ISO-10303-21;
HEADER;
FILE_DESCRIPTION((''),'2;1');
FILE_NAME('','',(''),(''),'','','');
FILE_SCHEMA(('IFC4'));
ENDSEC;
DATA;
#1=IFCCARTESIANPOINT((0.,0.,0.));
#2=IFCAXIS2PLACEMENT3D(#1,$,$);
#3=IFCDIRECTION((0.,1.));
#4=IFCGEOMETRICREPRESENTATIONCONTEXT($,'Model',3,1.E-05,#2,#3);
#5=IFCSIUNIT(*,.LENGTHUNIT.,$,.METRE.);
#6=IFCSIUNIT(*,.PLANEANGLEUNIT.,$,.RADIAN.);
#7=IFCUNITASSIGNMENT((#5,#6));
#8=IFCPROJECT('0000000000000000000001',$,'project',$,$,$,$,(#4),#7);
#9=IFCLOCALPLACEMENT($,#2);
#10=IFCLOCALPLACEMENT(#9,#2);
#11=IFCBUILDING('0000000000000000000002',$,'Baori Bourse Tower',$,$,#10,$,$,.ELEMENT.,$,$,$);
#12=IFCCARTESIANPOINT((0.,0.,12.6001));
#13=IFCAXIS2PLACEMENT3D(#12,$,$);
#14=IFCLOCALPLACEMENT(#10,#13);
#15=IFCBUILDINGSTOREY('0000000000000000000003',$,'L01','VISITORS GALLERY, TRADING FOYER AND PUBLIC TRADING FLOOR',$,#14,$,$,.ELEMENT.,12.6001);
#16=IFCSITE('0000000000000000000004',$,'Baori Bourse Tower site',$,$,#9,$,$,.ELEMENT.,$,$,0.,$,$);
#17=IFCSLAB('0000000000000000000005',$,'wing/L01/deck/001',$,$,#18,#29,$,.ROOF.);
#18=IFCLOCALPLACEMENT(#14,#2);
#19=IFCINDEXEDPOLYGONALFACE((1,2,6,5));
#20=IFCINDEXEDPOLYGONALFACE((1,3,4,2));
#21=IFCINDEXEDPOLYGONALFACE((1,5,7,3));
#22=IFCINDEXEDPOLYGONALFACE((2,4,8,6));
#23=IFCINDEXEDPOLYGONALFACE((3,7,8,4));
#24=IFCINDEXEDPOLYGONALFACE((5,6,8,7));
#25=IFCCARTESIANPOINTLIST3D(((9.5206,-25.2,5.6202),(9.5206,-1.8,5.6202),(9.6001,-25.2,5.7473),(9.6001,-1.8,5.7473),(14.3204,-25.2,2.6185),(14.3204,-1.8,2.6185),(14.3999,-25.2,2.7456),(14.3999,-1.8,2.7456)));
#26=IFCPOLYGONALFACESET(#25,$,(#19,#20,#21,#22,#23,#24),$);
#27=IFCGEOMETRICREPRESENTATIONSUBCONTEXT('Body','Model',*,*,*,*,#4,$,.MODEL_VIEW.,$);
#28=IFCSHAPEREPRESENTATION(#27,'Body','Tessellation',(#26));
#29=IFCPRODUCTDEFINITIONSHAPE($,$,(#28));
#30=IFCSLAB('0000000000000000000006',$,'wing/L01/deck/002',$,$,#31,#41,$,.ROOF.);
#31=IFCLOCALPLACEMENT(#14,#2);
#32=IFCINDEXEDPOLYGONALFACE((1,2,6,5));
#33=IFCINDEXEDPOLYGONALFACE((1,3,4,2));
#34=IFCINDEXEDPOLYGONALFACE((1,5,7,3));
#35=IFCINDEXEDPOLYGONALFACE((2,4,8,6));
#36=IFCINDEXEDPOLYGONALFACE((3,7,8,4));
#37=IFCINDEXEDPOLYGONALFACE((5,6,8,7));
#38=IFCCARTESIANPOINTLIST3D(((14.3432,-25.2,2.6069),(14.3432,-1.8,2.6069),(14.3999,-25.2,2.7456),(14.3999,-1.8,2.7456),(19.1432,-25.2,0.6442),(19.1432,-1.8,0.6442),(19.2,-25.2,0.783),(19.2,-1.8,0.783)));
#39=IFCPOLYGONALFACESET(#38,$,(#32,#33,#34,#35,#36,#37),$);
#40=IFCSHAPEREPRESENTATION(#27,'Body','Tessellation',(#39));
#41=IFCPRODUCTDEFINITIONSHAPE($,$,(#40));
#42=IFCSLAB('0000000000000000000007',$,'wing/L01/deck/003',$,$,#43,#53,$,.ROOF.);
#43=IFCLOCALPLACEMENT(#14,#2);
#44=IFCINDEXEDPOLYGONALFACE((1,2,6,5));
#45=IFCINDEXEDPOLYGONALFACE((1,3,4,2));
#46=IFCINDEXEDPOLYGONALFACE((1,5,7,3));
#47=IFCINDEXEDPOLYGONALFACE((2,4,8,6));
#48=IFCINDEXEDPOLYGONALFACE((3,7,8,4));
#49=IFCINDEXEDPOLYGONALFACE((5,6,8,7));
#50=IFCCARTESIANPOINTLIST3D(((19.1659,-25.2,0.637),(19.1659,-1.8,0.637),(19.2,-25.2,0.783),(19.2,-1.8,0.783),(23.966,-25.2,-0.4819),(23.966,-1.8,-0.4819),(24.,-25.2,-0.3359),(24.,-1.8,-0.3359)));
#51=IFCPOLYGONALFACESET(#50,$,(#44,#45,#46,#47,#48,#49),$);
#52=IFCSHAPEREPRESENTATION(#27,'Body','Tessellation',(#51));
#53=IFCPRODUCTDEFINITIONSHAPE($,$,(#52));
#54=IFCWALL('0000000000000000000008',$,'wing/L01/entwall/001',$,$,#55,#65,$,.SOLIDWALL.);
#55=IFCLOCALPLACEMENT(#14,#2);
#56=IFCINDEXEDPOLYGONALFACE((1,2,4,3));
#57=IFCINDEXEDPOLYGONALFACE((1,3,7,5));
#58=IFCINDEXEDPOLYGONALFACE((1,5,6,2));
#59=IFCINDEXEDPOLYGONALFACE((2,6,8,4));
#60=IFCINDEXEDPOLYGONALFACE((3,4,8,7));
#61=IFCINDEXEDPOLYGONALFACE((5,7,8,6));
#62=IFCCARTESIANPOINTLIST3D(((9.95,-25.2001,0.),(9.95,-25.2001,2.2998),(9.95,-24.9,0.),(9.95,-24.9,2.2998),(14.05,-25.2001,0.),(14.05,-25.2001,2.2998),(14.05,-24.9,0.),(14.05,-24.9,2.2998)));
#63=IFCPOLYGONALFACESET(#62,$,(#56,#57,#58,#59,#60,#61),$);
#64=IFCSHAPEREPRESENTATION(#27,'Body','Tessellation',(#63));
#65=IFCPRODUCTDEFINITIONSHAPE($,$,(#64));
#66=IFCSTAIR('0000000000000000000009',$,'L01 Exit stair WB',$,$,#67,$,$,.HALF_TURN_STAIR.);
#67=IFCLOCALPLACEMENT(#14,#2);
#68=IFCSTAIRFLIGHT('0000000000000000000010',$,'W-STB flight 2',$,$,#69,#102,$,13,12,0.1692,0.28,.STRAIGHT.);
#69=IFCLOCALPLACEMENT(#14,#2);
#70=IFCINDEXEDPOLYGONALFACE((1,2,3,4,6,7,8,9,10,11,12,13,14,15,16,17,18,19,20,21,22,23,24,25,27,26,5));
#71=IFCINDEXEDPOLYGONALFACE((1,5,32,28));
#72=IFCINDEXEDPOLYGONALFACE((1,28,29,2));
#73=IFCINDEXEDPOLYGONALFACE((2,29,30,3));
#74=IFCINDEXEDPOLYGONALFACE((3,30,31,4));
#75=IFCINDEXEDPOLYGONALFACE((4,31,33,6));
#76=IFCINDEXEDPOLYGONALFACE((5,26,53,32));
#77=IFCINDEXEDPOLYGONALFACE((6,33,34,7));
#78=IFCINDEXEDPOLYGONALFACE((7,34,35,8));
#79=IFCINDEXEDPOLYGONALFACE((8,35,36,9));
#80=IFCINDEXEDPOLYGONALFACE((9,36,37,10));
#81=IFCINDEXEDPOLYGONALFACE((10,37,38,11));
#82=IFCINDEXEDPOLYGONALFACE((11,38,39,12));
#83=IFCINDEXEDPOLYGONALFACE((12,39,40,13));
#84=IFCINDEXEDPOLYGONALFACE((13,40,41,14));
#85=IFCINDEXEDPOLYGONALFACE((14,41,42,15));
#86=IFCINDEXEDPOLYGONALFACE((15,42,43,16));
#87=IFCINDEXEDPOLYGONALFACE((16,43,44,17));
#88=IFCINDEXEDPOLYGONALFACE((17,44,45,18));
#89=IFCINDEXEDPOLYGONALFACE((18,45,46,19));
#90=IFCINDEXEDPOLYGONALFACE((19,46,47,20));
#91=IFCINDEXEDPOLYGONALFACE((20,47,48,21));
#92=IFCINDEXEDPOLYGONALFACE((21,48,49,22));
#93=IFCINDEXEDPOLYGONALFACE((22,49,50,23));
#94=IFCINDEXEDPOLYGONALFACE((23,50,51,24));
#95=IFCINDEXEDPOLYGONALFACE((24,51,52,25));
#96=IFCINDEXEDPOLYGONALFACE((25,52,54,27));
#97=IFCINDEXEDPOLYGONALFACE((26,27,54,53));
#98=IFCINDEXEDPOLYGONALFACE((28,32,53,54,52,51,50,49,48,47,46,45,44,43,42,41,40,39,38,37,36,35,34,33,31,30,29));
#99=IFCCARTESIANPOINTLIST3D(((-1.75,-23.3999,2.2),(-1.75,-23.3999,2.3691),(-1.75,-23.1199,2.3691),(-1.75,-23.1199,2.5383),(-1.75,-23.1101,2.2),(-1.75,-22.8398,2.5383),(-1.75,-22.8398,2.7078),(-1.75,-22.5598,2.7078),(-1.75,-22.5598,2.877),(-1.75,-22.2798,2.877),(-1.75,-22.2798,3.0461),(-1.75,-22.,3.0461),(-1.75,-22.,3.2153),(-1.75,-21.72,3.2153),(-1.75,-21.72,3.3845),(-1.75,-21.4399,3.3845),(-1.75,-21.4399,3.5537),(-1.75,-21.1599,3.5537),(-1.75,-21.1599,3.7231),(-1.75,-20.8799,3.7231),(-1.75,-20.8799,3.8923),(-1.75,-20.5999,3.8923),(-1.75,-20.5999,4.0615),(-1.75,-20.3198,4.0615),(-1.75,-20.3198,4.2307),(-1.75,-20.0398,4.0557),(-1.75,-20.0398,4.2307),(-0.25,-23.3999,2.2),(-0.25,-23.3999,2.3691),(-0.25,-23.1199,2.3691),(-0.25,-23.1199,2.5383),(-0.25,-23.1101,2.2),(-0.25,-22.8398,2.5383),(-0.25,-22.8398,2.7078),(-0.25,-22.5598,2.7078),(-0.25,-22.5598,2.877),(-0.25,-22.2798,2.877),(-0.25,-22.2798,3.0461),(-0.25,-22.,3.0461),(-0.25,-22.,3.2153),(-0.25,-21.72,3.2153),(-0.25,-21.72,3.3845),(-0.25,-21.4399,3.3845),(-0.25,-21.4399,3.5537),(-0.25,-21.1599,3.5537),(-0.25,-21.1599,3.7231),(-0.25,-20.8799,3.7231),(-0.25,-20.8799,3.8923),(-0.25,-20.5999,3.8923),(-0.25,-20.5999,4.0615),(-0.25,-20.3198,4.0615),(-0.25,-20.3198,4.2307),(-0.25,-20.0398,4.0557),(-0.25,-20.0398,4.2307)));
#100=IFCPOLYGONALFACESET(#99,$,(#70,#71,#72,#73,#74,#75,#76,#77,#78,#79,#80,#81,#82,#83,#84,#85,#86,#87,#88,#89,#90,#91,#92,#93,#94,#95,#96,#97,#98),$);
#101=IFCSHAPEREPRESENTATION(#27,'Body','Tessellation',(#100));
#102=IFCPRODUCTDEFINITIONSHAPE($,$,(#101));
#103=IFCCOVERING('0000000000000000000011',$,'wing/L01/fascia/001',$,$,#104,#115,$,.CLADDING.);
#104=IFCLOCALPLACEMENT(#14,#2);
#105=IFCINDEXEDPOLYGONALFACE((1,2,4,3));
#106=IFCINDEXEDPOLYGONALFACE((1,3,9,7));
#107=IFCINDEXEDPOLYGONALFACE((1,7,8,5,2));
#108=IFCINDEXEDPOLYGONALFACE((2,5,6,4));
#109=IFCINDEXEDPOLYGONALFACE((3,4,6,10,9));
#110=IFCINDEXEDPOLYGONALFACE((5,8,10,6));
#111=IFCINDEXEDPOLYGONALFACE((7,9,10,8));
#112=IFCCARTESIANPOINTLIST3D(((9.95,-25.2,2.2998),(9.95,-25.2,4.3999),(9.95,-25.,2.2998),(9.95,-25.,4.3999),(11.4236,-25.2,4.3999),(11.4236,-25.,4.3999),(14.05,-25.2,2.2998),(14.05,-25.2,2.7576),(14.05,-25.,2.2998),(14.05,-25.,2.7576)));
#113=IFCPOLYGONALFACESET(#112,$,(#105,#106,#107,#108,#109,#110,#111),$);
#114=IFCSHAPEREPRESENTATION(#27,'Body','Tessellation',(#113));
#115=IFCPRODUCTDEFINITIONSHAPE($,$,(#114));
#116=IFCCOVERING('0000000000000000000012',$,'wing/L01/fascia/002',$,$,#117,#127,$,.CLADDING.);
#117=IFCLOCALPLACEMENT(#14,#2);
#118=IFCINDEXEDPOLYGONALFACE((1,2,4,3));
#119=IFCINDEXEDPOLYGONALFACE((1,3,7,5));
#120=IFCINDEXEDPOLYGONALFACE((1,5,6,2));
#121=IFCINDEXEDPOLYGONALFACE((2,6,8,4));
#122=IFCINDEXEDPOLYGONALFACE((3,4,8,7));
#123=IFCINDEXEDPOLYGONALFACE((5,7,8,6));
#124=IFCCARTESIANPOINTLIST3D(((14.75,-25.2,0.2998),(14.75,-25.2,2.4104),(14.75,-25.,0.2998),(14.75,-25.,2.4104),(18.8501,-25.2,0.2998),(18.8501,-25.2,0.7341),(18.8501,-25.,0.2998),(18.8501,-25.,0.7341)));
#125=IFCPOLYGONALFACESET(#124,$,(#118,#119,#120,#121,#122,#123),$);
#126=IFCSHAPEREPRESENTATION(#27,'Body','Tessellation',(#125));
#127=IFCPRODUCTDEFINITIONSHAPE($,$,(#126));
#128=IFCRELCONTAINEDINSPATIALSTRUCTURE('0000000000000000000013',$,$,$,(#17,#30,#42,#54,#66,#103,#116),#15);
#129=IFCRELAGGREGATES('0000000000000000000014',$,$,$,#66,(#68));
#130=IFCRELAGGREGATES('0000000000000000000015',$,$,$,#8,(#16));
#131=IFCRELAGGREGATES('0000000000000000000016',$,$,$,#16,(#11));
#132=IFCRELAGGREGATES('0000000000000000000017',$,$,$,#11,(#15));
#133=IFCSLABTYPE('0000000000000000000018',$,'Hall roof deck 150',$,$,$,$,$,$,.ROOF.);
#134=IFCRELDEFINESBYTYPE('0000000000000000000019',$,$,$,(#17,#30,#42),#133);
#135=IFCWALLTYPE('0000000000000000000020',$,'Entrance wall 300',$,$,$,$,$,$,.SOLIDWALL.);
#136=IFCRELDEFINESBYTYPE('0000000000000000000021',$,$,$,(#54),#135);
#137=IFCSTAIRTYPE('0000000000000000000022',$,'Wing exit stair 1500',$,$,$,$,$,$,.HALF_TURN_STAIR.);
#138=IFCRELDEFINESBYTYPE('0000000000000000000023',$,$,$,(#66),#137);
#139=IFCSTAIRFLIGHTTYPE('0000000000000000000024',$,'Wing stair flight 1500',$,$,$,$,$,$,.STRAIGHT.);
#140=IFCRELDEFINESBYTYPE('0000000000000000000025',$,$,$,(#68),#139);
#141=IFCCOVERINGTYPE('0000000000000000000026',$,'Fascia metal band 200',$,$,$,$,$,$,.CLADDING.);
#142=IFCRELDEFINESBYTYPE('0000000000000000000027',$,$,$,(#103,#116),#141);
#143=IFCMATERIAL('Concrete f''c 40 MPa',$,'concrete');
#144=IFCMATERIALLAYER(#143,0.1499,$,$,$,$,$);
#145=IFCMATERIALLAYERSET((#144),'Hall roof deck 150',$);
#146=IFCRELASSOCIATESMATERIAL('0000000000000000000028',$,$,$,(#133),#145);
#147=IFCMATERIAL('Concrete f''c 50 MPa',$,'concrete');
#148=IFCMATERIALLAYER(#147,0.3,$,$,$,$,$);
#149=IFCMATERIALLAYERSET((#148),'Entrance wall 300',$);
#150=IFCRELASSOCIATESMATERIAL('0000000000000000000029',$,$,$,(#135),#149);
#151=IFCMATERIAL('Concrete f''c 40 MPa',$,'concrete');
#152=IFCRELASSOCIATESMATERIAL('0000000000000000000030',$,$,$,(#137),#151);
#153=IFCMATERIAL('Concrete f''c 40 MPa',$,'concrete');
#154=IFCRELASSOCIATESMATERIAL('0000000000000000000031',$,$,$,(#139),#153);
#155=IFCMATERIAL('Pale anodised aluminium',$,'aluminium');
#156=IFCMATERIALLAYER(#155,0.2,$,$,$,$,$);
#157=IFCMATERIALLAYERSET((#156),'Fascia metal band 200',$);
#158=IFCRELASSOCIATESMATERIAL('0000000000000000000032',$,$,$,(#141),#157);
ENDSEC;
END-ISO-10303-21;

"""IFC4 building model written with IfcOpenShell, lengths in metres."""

from ifc_helpers import new_model, si_unit, direction, frame, frame_2d, origin, place, context, subcontext, project, spatial, polyline, rectangle, outline, extrude, material, layer, layer_set, type_object, element, aggregate, save


model = new_model("IFC4")

# Units and contexts
model_context = context("Model", 3, precision=1e-05, world=origin(), true_north=direction((0.0, 1.0)))
body_context = subcontext(model_context, "Body", "Model", "MODEL_VIEW")
ifc_project = project(units=[si_unit("LENGTHUNIT", "METRE"), si_unit("PLANEANGLEUNIT", "RADIAN")], contexts=[model_context])

# Site, building, storey
site_placement = place(None, origin())
site = spatial("IfcSite", under=ifc_project, at=site_placement, Name="Baori Bourse Tower site", CompositionType="ELEMENT", RefElevation=0.0)
building_placement = place(site_placement, origin())
building = spatial("IfcBuilding", under=site, at=building_placement, Name="Baori Bourse Tower", CompositionType="ELEMENT")
storey_placement = place(building_placement, frame((0.0, 0.0, 12.6001)))
storey = spatial("IfcBuildingStorey", under=building, at=storey_placement, Name="L01", Description="VISITORS GALLERY, TRADING FOYER AND PUBLIC TRADING FLOOR", CompositionType="ELEMENT", Elevation=12.6001)

# Slabs
ifc_material_1 = material(Name="Concrete f'c 40 MPa", Category="concrete")
ifc_layer_1 = layer(ifc_material_1, 0.1499)
ifc_layer_set_1 = layer_set([ifc_layer_1], Name="Hall roof deck 150")
slab_type = type_object("IfcSlabType", Name="Hall roof deck 150", PredefinedType="ROOF", material=ifc_layer_set_1)
slab_1_placement = place(storey_placement, frame((9.6001, -25.2, 5.7473), z_axis=(0.530232, 0.0, 0.847853), x_axis=(0.847853, 0.0, -0.530232)))
element("IfcSlab", 1, at=slab_1_placement, inside=storey, type_object=slab_type, Name="wing/L01/deck/001", PredefinedType="ROOF", context=body_context, shape_type="SweptSolid", body=[
    extrude(outline(polyline([(0.0, 0.0), (5.6611, 0.0), (5.6611, 23.3999), (0.0, 23.3999), (0.0, 0.0)])), origin(), (0.0, 0.0, -1.0), 0.1499),
])
slab_2_placement = place(storey_placement, frame((14.3999, -25.2, 2.7456), z_axis=(0.378466, 0.0, 0.925615), x_axis=(0.925615, 0.0, -0.378466)))
element("IfcSlab", 2, at=slab_2_placement, inside=storey, type_object=slab_type, Name="wing/L01/deck/002", PredefinedType="ROOF", context=body_context, shape_type="SweptSolid", body=[
    extrude(outline(polyline([(0.0, 0.0), (5.1858, 0.0), (5.1858, 23.3999), (0.0, 23.3999), (0.0, 0.0)])), origin(), (0.0, 0.0, -1.0), 0.1499),
])
slab_3_placement = place(storey_placement, frame((19.2, -25.2, 0.783), z_axis=(0.227015, 0.0, 0.973891), x_axis=(0.973891, 0.0, -0.227015)))
element("IfcSlab", 3, at=slab_3_placement, inside=storey, type_object=slab_type, Name="wing/L01/deck/003", PredefinedType="ROOF", context=body_context, shape_type="SweptSolid", body=[
    extrude(outline(polyline([(0.0, 0.0), (4.9287, 0.0), (4.9287, 23.3999), (0.0, 23.3999), (0.0, 0.0)])), origin(), (0.0, 0.0, -1.0), 0.1499),
])

# Wall
ifc_material_2 = material(Name="Concrete f'c 50 MPa", Category="concrete")
ifc_layer_2 = layer(ifc_material_2, 0.3)
ifc_layer_set_2 = layer_set([ifc_layer_2], Name="Entrance wall 300")
wall_type = type_object("IfcWallType", Name="Entrance wall 300", PredefinedType="SOLIDWALL", material=ifc_layer_set_2)
wall_placement = place(storey_placement, frame((14.05, -25.05, 0.0), z_axis=(0.0, 0.0, 1.0), x_axis=(-1.0, 0.0, 0.0)))
element("IfcWall", 4, at=wall_placement, inside=storey, type_object=wall_type, Name="wing/L01/entwall/001", PredefinedType="SOLIDWALL", context=body_context, shape_type="SweptSolid", body=[
    extrude(rectangle(XDim=4.1001, YDim=0.3, at=frame_2d((2.05, 0.0))), origin(), (0.0, 0.0, 1.0), 2.2998),
])

# Stair, stair flight
ifc_material_3 = material(Name="Concrete f'c 40 MPa", Category="concrete")
stair_type = type_object("IfcStairType", Name="Wing exit stair 1500", PredefinedType="HALF_TURN_STAIR", material=ifc_material_3)
stair_placement = place(storey_placement, origin())
stair = element("IfcStair", 5, at=stair_placement, inside=storey, type_object=stair_type, Name="L01 Exit stair WB", PredefinedType="HALF_TURN_STAIR")
ifc_material_4 = material(Name="Concrete f'c 40 MPa", Category="concrete")
stair_flight_type = type_object("IfcStairFlightType", Name="Wing stair flight 1500", PredefinedType="STRAIGHT", material=ifc_material_4)
stair_flight_placement = place(storey_placement, frame((-1.0, -23.3999, 2.2), z_axis=(0.0, 0.0, 1.0), x_axis=(0.0, 1.0, 0.0)))
stair_flight = element("IfcStairFlight", 6, at=stair_flight_placement, type_object=stair_flight_type, Name="W-STB flight 2", NumberOfRisers=13, NumberOfTreads=12, PredefinedType="STRAIGHT", RiserHeight=0.1692, TreadLength=0.28, context=body_context, shape_type="SweptSolid", body=[
    extrude(outline(polyline([(0.0, 0.0), (0.0, 0.1692), (0.28, 0.1692), (0.28, 0.3384), (0.5601, 0.3384), (0.5601, 0.5078), (0.8401, 0.5078), (0.8401, 0.677), (1.1201, 0.677), (1.1201, 0.8462), (1.3999, 0.8462), (1.3999, 1.0154), (1.6799, 1.0154), (1.6799, 1.1846), (1.96, 1.1846), (1.96, 1.3538), (2.24, 1.3538), (2.24, 1.5232), (2.52, 1.5232), (2.52, 1.6924), (2.8, 1.6924), (2.8, 1.8616), (3.0801, 1.8616), (3.0801, 2.0308), (3.3601, 2.0308), (3.3601, 2.2), (3.3601, 1.8557), (0.2898, 0.0), (0.0, 0.0)])), frame((0.0, 0.75, 0.0), z_axis=(0.0, -1.0, 0.0), x_axis=(1.0, 0.0, 0.0)), (0.0, 0.0, 1.0), 1.5),
])
aggregate(stair, [stair_flight])

# Coverings
ifc_material_5 = material(Name="Pale anodised aluminium", Category="aluminium")
ifc_layer_3 = layer(ifc_material_5, 0.2)
ifc_layer_set_3 = layer_set([ifc_layer_3], Name="Fascia metal band 200")
covering_type = type_object("IfcCoveringType", Name="Fascia metal band 200", PredefinedType="CLADDING", material=ifc_layer_set_3)
covering_1_placement = place(storey_placement, frame((9.95, -25.1001, 2.2998), z_axis=(0.0, 0.0, 1.0), x_axis=(1.0, 0.0, 0.0)))
element("IfcCovering", 7, at=covering_1_placement, inside=storey, type_object=covering_type, Name="wing/L01/fascia/001", PredefinedType="CLADDING", context=body_context, shape_type="SweptSolid", body=[
    extrude(outline(polyline([(0.0, 0.0), (4.1001, 0.0), (4.1001, 0.4578), (1.4736, 2.1001), (0.0, 2.1001), (0.0, 0.0)])), frame((0.0, 0.1001, 0.0), z_axis=(0.0, -1.0, 0.0), x_axis=(1.0, 0.0, 0.0)), (0.0, 0.0, 1.0), 0.2),
])
covering_2_placement = place(storey_placement, frame((14.75, -25.1001, 0.2998), z_axis=(0.0, 0.0, 1.0), x_axis=(1.0, 0.0, 0.0)))
element("IfcCovering", 8, at=covering_2_placement, inside=storey, type_object=covering_type, Name="wing/L01/fascia/002", PredefinedType="CLADDING", context=body_context, shape_type="SweptSolid", body=[
    extrude(outline(polyline([(0.0, 0.0), (4.1001, 0.0), (4.1001, 0.4343), (0.0, 2.1106), (0.0, 0.0)])), frame((0.0, 0.1001, 0.0), z_axis=(0.0, -1.0, 0.0), x_axis=(1.0, 0.0, 0.0)), (0.0, 0.0, 1.0), 0.2),
])

save(model, "model.ifc")
